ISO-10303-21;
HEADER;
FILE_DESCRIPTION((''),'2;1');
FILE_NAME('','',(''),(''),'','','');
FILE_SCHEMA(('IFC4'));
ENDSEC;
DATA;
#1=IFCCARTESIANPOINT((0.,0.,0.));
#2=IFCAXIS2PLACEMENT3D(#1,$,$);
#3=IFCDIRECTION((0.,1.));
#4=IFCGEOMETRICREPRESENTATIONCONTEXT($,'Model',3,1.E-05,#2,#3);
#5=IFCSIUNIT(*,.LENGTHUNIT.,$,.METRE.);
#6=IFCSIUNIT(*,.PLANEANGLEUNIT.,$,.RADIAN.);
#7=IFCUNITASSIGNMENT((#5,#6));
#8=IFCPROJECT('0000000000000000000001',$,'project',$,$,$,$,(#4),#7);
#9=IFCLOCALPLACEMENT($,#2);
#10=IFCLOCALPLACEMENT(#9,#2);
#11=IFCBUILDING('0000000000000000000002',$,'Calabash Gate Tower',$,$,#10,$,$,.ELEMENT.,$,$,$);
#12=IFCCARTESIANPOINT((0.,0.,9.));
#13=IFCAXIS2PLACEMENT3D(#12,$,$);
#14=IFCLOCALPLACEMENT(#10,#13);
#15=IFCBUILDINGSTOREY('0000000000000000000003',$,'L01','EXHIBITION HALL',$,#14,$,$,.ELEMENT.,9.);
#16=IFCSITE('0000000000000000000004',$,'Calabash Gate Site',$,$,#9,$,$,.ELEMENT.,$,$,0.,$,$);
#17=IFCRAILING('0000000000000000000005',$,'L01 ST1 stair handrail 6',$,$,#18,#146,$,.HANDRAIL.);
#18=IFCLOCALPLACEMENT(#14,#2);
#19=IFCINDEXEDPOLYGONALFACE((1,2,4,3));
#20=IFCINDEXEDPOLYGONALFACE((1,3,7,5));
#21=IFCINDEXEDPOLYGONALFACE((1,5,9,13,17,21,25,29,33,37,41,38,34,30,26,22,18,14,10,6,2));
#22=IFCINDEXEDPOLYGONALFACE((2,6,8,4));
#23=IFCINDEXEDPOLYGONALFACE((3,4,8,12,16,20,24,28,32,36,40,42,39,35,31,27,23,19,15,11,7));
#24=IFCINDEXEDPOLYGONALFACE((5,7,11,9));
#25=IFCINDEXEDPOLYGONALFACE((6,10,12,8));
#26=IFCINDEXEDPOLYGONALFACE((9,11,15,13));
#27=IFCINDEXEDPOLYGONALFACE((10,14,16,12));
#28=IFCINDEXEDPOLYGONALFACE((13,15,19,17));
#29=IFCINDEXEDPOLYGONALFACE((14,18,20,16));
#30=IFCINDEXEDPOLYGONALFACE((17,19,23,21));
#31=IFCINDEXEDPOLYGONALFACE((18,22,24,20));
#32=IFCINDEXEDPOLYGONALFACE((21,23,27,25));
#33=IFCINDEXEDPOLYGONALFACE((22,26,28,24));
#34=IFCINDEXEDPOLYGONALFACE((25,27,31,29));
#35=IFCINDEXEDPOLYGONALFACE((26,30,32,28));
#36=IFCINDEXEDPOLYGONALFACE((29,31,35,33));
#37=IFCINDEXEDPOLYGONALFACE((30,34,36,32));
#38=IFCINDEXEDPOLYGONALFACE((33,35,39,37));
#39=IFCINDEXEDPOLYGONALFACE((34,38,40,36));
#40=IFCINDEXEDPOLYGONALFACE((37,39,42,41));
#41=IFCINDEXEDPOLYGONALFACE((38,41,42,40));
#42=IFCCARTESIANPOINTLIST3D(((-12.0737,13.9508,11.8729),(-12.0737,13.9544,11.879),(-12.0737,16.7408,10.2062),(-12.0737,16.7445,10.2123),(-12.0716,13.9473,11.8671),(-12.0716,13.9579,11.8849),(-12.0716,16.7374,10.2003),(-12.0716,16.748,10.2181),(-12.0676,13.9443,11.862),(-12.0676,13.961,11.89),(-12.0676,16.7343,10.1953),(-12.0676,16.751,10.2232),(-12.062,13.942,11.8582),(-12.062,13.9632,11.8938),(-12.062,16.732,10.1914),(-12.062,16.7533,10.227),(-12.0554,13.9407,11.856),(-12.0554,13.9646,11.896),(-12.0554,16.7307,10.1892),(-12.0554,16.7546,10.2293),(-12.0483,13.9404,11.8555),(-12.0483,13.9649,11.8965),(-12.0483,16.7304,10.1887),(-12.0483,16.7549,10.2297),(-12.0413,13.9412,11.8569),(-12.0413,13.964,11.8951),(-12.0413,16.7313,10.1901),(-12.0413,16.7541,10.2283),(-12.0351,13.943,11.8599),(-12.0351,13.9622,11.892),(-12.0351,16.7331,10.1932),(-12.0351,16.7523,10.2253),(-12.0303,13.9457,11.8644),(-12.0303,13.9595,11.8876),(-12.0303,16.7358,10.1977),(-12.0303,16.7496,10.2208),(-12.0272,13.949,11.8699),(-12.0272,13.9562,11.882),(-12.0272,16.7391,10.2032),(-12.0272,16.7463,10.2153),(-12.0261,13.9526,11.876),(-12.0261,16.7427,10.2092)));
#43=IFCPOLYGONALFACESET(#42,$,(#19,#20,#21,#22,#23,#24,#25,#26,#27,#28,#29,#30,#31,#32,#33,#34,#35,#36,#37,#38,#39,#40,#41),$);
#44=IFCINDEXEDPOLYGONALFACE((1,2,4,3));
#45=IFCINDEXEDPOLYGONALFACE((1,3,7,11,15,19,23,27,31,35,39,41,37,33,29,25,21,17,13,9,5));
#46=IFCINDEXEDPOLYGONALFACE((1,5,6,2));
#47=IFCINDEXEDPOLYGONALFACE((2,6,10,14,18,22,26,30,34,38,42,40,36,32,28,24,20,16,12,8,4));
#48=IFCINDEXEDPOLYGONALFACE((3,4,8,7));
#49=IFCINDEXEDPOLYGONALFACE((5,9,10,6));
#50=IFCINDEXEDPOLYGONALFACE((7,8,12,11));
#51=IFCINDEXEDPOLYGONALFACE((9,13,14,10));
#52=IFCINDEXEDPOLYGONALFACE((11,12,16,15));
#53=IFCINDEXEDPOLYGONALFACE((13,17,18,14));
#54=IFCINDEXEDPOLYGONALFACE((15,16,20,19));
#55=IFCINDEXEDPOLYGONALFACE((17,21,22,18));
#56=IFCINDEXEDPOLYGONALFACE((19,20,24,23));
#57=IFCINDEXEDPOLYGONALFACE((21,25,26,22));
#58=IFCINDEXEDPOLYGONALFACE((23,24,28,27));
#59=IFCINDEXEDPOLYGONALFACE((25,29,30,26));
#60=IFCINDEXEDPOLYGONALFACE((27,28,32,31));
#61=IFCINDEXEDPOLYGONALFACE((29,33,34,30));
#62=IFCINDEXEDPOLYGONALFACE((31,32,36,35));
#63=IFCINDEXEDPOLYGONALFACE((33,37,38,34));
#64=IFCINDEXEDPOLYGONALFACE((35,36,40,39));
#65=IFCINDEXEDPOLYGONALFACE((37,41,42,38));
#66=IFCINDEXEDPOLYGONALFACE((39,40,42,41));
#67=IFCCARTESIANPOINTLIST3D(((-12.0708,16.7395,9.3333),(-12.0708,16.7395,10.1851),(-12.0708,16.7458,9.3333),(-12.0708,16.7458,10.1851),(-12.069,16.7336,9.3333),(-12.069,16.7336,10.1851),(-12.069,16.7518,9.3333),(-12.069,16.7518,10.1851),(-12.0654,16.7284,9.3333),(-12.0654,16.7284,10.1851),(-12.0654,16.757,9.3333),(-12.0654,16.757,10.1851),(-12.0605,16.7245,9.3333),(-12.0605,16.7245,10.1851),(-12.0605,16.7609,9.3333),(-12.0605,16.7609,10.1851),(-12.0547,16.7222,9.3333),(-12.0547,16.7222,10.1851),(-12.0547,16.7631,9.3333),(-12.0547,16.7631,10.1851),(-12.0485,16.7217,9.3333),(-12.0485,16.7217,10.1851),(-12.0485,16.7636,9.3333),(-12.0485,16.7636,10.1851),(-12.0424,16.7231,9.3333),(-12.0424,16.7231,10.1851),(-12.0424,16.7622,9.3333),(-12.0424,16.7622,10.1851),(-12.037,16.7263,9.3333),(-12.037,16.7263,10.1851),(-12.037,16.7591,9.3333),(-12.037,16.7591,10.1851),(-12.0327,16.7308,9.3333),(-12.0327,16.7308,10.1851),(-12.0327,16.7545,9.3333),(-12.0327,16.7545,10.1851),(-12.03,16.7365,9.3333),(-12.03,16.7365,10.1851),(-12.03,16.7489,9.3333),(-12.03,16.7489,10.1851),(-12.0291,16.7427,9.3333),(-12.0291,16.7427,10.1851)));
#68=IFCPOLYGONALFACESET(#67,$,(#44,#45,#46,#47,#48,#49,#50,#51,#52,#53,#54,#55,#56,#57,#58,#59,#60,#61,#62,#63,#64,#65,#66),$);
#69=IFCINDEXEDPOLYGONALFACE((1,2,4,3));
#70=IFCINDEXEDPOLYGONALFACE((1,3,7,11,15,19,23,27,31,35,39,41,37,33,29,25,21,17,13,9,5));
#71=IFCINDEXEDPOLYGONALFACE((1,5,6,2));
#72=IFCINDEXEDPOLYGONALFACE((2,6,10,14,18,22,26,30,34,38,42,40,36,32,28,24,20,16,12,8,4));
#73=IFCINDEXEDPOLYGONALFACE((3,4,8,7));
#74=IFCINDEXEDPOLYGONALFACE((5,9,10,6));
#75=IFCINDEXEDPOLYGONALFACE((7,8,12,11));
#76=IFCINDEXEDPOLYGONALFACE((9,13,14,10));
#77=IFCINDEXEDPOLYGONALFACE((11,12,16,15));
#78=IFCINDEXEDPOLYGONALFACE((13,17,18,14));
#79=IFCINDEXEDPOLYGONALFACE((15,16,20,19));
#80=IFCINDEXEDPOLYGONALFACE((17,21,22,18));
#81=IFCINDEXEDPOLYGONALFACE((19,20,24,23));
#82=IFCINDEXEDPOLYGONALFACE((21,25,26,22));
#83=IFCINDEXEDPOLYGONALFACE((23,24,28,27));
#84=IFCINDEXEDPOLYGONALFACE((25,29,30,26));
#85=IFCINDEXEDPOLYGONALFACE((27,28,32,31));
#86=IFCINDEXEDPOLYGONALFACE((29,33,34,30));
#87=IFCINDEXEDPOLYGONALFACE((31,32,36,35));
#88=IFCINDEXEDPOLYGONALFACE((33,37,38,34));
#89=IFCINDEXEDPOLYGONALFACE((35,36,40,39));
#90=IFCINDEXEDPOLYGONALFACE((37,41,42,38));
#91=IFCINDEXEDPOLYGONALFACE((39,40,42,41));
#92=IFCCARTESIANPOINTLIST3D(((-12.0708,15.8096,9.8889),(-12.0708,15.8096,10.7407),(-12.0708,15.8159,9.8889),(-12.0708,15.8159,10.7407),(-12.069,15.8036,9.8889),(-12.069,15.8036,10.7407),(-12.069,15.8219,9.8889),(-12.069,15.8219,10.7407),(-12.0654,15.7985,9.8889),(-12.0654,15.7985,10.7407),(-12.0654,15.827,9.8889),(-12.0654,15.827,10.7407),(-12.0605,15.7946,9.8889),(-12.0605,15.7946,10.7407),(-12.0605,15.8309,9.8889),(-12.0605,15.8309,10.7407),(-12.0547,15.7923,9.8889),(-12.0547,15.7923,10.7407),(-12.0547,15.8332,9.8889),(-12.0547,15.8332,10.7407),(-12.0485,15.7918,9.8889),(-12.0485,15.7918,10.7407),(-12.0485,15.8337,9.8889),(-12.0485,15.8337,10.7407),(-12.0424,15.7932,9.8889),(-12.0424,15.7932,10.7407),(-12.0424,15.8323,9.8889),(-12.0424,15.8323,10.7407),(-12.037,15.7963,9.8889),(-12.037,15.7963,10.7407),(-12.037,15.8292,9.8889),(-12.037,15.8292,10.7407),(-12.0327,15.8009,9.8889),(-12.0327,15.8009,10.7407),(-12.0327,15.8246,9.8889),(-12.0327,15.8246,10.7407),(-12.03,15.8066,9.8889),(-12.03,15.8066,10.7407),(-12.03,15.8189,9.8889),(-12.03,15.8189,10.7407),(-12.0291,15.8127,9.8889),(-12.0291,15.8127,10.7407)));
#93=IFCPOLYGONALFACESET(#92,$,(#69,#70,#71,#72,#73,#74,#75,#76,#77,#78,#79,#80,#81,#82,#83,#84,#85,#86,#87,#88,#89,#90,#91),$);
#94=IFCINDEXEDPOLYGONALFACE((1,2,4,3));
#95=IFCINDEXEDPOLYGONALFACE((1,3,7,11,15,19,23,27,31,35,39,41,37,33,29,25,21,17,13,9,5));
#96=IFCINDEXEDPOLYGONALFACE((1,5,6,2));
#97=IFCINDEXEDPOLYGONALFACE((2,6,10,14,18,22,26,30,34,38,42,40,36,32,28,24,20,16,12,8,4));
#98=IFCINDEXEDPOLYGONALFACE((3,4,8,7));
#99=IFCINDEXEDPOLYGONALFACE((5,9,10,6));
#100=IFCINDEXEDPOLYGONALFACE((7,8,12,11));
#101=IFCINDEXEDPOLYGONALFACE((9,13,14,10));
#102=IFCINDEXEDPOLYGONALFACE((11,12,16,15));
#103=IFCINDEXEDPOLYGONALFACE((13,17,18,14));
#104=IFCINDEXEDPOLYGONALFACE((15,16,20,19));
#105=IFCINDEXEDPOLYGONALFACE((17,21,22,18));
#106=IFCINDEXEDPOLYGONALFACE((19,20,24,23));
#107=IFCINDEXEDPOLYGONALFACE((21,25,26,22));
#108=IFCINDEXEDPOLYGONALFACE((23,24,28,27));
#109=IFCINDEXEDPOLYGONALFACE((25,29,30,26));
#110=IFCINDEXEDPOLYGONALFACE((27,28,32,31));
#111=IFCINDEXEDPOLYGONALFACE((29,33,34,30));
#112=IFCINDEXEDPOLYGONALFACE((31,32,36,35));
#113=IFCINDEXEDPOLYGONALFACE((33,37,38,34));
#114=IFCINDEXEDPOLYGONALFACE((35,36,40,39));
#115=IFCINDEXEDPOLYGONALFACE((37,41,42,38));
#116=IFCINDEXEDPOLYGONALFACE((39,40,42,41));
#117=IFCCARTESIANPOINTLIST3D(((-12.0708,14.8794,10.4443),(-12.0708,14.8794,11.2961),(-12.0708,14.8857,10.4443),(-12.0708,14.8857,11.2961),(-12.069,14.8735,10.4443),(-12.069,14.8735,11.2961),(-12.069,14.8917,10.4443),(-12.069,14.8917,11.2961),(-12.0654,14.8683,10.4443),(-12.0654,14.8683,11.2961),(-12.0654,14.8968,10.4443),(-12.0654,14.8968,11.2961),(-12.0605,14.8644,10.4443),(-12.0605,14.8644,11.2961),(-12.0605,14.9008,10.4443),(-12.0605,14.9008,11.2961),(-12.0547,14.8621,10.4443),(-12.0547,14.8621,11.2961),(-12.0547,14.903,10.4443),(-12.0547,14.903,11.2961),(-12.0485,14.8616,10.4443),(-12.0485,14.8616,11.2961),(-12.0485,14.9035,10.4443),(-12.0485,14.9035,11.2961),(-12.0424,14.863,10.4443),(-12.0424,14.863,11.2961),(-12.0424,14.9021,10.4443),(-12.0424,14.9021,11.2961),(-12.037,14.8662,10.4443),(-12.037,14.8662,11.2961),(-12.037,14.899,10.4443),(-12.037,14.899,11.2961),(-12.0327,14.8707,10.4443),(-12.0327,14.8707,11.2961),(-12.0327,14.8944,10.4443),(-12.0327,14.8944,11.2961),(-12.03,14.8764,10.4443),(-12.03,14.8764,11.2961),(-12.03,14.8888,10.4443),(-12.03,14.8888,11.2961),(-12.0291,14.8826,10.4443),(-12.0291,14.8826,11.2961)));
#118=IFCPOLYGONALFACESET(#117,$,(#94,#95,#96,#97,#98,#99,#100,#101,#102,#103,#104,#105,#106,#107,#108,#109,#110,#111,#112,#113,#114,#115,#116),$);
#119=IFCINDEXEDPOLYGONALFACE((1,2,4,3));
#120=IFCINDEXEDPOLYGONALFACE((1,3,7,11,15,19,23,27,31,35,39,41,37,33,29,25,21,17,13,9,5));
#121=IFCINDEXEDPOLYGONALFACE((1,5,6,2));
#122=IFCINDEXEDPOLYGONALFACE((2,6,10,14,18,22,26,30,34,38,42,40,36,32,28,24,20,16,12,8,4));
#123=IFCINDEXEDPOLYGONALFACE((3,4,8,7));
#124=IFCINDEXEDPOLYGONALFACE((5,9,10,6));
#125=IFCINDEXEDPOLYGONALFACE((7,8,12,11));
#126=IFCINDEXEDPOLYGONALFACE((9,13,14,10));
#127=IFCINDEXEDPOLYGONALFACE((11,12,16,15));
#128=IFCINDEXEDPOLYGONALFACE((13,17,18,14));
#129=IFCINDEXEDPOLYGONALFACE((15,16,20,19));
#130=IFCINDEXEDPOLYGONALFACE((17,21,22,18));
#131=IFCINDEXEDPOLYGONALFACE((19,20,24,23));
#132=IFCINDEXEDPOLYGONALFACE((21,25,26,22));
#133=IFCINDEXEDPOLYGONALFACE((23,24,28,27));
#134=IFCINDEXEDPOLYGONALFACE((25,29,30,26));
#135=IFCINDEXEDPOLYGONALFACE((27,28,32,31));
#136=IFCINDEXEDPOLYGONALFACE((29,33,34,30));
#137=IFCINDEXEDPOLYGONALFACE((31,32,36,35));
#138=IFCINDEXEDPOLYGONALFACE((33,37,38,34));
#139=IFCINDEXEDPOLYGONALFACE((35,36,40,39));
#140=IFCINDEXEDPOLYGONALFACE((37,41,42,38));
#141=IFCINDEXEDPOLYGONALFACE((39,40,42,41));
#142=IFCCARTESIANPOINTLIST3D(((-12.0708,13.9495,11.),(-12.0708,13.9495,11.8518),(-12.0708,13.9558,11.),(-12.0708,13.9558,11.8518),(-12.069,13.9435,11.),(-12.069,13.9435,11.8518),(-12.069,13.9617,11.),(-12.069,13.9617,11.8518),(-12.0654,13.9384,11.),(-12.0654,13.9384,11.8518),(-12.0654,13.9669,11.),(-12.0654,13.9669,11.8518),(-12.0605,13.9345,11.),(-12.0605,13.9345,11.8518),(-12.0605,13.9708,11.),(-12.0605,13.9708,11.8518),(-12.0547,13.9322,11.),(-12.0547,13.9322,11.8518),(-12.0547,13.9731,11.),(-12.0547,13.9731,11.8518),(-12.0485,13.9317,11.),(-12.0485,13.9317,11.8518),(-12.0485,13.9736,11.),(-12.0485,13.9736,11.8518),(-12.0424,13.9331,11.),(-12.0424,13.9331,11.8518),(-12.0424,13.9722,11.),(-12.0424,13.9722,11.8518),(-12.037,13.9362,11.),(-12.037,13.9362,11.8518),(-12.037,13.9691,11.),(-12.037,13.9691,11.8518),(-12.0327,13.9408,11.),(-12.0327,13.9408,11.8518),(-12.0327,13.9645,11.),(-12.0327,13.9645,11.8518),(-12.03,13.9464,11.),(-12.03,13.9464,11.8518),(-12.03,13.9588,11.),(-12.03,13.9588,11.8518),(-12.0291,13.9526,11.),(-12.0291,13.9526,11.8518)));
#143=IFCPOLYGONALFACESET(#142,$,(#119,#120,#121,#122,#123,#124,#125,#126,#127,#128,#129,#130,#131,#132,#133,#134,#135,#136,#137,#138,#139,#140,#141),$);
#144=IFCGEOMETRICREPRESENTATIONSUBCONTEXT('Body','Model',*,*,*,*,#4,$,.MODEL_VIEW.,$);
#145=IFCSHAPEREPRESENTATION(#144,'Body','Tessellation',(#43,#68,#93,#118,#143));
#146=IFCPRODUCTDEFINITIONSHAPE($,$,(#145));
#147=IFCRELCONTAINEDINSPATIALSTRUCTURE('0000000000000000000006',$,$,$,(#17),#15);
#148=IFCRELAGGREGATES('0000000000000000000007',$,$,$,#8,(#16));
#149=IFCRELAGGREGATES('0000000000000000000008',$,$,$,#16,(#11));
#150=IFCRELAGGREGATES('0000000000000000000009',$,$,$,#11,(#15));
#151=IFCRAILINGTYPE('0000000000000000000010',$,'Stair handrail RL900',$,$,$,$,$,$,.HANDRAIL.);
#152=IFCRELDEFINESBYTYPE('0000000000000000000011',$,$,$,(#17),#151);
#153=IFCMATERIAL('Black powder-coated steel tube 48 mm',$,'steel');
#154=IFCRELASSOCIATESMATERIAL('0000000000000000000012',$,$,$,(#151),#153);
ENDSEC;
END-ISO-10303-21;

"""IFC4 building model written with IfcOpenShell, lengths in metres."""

from ifc_helpers import new_model, si_unit, direction, frame, origin, origin_2d, place, context, subcontext, project, spatial, circle, extrude, material, type_object, element, save


model = new_model("IFC4")

# Units and contexts
model_context = context("Model", 3, precision=1e-05, world=origin(), true_north=direction((0.0, 1.0)))
body_context = subcontext(model_context, "Body", "Model", "MODEL_VIEW")
ifc_project = project(units=[si_unit("LENGTHUNIT", "METRE"), si_unit("PLANEANGLEUNIT", "RADIAN")], contexts=[model_context])

# Site, building, storey
site_placement = place(None, origin())
site = spatial("IfcSite", under=ifc_project, at=site_placement, Name="Calabash Gate Site", CompositionType="ELEMENT", RefElevation=0.0)
building_placement = place(site_placement, origin())
building = spatial("IfcBuilding", under=site, at=building_placement, Name="Calabash Gate Tower", CompositionType="ELEMENT")
storey_placement = place(building_placement, frame((0.0, 0.0, 9.0)))
storey = spatial("IfcBuildingStorey", under=building, at=storey_placement, Name="L01", Description="EXHIBITION HALL", CompositionType="ELEMENT", Elevation=9.0)

# Railing
ifc_material_1 = material(Name="Black powder-coated steel tube 48 mm", Category="steel")
railing_type_1 = type_object("IfcRailingType", Name="Stair handrail RL900", PredefinedType="HANDRAIL", material=ifc_material_1)
railing_1_placement = place(storey_placement, frame((-12.05, 16.7427, 9.3333)))
element("IfcRailing", 1, at=railing_1_placement, inside=storey, type_object=railing_type_1, Name="L01 ST1 stair handrail 6", PredefinedType="HANDRAIL", context=body_context, shape_type="SweptSolid", body=[
    extrude(circle(Radius=0.0239, at=origin_2d()), frame((0.0, 0.0, 0.876), z_axis=(0.0, -0.858479, 0.512849), x_axis=(1.0, 0.0, 0.0)), (0.0, 0.0, 1.0), 3.25),
    extrude(circle(Radius=0.021, at=origin_2d()), origin(), (0.0, 0.0, 1.0), 0.8518),
    extrude(circle(Radius=0.021, at=origin_2d()), frame((0.0, -0.9299, 0.5557)), (0.0, 0.0, 1.0), 0.8518),
    extrude(circle(Radius=0.021, at=origin_2d()), frame((0.0, -1.8601, 1.1111)), (0.0, 0.0, 1.0), 0.8518),
    extrude(circle(Radius=0.021, at=origin_2d()), frame((0.0, -2.79, 1.6667)), (0.0, 0.0, 1.0), 0.8518),
])

save(model, "model.ifc")
